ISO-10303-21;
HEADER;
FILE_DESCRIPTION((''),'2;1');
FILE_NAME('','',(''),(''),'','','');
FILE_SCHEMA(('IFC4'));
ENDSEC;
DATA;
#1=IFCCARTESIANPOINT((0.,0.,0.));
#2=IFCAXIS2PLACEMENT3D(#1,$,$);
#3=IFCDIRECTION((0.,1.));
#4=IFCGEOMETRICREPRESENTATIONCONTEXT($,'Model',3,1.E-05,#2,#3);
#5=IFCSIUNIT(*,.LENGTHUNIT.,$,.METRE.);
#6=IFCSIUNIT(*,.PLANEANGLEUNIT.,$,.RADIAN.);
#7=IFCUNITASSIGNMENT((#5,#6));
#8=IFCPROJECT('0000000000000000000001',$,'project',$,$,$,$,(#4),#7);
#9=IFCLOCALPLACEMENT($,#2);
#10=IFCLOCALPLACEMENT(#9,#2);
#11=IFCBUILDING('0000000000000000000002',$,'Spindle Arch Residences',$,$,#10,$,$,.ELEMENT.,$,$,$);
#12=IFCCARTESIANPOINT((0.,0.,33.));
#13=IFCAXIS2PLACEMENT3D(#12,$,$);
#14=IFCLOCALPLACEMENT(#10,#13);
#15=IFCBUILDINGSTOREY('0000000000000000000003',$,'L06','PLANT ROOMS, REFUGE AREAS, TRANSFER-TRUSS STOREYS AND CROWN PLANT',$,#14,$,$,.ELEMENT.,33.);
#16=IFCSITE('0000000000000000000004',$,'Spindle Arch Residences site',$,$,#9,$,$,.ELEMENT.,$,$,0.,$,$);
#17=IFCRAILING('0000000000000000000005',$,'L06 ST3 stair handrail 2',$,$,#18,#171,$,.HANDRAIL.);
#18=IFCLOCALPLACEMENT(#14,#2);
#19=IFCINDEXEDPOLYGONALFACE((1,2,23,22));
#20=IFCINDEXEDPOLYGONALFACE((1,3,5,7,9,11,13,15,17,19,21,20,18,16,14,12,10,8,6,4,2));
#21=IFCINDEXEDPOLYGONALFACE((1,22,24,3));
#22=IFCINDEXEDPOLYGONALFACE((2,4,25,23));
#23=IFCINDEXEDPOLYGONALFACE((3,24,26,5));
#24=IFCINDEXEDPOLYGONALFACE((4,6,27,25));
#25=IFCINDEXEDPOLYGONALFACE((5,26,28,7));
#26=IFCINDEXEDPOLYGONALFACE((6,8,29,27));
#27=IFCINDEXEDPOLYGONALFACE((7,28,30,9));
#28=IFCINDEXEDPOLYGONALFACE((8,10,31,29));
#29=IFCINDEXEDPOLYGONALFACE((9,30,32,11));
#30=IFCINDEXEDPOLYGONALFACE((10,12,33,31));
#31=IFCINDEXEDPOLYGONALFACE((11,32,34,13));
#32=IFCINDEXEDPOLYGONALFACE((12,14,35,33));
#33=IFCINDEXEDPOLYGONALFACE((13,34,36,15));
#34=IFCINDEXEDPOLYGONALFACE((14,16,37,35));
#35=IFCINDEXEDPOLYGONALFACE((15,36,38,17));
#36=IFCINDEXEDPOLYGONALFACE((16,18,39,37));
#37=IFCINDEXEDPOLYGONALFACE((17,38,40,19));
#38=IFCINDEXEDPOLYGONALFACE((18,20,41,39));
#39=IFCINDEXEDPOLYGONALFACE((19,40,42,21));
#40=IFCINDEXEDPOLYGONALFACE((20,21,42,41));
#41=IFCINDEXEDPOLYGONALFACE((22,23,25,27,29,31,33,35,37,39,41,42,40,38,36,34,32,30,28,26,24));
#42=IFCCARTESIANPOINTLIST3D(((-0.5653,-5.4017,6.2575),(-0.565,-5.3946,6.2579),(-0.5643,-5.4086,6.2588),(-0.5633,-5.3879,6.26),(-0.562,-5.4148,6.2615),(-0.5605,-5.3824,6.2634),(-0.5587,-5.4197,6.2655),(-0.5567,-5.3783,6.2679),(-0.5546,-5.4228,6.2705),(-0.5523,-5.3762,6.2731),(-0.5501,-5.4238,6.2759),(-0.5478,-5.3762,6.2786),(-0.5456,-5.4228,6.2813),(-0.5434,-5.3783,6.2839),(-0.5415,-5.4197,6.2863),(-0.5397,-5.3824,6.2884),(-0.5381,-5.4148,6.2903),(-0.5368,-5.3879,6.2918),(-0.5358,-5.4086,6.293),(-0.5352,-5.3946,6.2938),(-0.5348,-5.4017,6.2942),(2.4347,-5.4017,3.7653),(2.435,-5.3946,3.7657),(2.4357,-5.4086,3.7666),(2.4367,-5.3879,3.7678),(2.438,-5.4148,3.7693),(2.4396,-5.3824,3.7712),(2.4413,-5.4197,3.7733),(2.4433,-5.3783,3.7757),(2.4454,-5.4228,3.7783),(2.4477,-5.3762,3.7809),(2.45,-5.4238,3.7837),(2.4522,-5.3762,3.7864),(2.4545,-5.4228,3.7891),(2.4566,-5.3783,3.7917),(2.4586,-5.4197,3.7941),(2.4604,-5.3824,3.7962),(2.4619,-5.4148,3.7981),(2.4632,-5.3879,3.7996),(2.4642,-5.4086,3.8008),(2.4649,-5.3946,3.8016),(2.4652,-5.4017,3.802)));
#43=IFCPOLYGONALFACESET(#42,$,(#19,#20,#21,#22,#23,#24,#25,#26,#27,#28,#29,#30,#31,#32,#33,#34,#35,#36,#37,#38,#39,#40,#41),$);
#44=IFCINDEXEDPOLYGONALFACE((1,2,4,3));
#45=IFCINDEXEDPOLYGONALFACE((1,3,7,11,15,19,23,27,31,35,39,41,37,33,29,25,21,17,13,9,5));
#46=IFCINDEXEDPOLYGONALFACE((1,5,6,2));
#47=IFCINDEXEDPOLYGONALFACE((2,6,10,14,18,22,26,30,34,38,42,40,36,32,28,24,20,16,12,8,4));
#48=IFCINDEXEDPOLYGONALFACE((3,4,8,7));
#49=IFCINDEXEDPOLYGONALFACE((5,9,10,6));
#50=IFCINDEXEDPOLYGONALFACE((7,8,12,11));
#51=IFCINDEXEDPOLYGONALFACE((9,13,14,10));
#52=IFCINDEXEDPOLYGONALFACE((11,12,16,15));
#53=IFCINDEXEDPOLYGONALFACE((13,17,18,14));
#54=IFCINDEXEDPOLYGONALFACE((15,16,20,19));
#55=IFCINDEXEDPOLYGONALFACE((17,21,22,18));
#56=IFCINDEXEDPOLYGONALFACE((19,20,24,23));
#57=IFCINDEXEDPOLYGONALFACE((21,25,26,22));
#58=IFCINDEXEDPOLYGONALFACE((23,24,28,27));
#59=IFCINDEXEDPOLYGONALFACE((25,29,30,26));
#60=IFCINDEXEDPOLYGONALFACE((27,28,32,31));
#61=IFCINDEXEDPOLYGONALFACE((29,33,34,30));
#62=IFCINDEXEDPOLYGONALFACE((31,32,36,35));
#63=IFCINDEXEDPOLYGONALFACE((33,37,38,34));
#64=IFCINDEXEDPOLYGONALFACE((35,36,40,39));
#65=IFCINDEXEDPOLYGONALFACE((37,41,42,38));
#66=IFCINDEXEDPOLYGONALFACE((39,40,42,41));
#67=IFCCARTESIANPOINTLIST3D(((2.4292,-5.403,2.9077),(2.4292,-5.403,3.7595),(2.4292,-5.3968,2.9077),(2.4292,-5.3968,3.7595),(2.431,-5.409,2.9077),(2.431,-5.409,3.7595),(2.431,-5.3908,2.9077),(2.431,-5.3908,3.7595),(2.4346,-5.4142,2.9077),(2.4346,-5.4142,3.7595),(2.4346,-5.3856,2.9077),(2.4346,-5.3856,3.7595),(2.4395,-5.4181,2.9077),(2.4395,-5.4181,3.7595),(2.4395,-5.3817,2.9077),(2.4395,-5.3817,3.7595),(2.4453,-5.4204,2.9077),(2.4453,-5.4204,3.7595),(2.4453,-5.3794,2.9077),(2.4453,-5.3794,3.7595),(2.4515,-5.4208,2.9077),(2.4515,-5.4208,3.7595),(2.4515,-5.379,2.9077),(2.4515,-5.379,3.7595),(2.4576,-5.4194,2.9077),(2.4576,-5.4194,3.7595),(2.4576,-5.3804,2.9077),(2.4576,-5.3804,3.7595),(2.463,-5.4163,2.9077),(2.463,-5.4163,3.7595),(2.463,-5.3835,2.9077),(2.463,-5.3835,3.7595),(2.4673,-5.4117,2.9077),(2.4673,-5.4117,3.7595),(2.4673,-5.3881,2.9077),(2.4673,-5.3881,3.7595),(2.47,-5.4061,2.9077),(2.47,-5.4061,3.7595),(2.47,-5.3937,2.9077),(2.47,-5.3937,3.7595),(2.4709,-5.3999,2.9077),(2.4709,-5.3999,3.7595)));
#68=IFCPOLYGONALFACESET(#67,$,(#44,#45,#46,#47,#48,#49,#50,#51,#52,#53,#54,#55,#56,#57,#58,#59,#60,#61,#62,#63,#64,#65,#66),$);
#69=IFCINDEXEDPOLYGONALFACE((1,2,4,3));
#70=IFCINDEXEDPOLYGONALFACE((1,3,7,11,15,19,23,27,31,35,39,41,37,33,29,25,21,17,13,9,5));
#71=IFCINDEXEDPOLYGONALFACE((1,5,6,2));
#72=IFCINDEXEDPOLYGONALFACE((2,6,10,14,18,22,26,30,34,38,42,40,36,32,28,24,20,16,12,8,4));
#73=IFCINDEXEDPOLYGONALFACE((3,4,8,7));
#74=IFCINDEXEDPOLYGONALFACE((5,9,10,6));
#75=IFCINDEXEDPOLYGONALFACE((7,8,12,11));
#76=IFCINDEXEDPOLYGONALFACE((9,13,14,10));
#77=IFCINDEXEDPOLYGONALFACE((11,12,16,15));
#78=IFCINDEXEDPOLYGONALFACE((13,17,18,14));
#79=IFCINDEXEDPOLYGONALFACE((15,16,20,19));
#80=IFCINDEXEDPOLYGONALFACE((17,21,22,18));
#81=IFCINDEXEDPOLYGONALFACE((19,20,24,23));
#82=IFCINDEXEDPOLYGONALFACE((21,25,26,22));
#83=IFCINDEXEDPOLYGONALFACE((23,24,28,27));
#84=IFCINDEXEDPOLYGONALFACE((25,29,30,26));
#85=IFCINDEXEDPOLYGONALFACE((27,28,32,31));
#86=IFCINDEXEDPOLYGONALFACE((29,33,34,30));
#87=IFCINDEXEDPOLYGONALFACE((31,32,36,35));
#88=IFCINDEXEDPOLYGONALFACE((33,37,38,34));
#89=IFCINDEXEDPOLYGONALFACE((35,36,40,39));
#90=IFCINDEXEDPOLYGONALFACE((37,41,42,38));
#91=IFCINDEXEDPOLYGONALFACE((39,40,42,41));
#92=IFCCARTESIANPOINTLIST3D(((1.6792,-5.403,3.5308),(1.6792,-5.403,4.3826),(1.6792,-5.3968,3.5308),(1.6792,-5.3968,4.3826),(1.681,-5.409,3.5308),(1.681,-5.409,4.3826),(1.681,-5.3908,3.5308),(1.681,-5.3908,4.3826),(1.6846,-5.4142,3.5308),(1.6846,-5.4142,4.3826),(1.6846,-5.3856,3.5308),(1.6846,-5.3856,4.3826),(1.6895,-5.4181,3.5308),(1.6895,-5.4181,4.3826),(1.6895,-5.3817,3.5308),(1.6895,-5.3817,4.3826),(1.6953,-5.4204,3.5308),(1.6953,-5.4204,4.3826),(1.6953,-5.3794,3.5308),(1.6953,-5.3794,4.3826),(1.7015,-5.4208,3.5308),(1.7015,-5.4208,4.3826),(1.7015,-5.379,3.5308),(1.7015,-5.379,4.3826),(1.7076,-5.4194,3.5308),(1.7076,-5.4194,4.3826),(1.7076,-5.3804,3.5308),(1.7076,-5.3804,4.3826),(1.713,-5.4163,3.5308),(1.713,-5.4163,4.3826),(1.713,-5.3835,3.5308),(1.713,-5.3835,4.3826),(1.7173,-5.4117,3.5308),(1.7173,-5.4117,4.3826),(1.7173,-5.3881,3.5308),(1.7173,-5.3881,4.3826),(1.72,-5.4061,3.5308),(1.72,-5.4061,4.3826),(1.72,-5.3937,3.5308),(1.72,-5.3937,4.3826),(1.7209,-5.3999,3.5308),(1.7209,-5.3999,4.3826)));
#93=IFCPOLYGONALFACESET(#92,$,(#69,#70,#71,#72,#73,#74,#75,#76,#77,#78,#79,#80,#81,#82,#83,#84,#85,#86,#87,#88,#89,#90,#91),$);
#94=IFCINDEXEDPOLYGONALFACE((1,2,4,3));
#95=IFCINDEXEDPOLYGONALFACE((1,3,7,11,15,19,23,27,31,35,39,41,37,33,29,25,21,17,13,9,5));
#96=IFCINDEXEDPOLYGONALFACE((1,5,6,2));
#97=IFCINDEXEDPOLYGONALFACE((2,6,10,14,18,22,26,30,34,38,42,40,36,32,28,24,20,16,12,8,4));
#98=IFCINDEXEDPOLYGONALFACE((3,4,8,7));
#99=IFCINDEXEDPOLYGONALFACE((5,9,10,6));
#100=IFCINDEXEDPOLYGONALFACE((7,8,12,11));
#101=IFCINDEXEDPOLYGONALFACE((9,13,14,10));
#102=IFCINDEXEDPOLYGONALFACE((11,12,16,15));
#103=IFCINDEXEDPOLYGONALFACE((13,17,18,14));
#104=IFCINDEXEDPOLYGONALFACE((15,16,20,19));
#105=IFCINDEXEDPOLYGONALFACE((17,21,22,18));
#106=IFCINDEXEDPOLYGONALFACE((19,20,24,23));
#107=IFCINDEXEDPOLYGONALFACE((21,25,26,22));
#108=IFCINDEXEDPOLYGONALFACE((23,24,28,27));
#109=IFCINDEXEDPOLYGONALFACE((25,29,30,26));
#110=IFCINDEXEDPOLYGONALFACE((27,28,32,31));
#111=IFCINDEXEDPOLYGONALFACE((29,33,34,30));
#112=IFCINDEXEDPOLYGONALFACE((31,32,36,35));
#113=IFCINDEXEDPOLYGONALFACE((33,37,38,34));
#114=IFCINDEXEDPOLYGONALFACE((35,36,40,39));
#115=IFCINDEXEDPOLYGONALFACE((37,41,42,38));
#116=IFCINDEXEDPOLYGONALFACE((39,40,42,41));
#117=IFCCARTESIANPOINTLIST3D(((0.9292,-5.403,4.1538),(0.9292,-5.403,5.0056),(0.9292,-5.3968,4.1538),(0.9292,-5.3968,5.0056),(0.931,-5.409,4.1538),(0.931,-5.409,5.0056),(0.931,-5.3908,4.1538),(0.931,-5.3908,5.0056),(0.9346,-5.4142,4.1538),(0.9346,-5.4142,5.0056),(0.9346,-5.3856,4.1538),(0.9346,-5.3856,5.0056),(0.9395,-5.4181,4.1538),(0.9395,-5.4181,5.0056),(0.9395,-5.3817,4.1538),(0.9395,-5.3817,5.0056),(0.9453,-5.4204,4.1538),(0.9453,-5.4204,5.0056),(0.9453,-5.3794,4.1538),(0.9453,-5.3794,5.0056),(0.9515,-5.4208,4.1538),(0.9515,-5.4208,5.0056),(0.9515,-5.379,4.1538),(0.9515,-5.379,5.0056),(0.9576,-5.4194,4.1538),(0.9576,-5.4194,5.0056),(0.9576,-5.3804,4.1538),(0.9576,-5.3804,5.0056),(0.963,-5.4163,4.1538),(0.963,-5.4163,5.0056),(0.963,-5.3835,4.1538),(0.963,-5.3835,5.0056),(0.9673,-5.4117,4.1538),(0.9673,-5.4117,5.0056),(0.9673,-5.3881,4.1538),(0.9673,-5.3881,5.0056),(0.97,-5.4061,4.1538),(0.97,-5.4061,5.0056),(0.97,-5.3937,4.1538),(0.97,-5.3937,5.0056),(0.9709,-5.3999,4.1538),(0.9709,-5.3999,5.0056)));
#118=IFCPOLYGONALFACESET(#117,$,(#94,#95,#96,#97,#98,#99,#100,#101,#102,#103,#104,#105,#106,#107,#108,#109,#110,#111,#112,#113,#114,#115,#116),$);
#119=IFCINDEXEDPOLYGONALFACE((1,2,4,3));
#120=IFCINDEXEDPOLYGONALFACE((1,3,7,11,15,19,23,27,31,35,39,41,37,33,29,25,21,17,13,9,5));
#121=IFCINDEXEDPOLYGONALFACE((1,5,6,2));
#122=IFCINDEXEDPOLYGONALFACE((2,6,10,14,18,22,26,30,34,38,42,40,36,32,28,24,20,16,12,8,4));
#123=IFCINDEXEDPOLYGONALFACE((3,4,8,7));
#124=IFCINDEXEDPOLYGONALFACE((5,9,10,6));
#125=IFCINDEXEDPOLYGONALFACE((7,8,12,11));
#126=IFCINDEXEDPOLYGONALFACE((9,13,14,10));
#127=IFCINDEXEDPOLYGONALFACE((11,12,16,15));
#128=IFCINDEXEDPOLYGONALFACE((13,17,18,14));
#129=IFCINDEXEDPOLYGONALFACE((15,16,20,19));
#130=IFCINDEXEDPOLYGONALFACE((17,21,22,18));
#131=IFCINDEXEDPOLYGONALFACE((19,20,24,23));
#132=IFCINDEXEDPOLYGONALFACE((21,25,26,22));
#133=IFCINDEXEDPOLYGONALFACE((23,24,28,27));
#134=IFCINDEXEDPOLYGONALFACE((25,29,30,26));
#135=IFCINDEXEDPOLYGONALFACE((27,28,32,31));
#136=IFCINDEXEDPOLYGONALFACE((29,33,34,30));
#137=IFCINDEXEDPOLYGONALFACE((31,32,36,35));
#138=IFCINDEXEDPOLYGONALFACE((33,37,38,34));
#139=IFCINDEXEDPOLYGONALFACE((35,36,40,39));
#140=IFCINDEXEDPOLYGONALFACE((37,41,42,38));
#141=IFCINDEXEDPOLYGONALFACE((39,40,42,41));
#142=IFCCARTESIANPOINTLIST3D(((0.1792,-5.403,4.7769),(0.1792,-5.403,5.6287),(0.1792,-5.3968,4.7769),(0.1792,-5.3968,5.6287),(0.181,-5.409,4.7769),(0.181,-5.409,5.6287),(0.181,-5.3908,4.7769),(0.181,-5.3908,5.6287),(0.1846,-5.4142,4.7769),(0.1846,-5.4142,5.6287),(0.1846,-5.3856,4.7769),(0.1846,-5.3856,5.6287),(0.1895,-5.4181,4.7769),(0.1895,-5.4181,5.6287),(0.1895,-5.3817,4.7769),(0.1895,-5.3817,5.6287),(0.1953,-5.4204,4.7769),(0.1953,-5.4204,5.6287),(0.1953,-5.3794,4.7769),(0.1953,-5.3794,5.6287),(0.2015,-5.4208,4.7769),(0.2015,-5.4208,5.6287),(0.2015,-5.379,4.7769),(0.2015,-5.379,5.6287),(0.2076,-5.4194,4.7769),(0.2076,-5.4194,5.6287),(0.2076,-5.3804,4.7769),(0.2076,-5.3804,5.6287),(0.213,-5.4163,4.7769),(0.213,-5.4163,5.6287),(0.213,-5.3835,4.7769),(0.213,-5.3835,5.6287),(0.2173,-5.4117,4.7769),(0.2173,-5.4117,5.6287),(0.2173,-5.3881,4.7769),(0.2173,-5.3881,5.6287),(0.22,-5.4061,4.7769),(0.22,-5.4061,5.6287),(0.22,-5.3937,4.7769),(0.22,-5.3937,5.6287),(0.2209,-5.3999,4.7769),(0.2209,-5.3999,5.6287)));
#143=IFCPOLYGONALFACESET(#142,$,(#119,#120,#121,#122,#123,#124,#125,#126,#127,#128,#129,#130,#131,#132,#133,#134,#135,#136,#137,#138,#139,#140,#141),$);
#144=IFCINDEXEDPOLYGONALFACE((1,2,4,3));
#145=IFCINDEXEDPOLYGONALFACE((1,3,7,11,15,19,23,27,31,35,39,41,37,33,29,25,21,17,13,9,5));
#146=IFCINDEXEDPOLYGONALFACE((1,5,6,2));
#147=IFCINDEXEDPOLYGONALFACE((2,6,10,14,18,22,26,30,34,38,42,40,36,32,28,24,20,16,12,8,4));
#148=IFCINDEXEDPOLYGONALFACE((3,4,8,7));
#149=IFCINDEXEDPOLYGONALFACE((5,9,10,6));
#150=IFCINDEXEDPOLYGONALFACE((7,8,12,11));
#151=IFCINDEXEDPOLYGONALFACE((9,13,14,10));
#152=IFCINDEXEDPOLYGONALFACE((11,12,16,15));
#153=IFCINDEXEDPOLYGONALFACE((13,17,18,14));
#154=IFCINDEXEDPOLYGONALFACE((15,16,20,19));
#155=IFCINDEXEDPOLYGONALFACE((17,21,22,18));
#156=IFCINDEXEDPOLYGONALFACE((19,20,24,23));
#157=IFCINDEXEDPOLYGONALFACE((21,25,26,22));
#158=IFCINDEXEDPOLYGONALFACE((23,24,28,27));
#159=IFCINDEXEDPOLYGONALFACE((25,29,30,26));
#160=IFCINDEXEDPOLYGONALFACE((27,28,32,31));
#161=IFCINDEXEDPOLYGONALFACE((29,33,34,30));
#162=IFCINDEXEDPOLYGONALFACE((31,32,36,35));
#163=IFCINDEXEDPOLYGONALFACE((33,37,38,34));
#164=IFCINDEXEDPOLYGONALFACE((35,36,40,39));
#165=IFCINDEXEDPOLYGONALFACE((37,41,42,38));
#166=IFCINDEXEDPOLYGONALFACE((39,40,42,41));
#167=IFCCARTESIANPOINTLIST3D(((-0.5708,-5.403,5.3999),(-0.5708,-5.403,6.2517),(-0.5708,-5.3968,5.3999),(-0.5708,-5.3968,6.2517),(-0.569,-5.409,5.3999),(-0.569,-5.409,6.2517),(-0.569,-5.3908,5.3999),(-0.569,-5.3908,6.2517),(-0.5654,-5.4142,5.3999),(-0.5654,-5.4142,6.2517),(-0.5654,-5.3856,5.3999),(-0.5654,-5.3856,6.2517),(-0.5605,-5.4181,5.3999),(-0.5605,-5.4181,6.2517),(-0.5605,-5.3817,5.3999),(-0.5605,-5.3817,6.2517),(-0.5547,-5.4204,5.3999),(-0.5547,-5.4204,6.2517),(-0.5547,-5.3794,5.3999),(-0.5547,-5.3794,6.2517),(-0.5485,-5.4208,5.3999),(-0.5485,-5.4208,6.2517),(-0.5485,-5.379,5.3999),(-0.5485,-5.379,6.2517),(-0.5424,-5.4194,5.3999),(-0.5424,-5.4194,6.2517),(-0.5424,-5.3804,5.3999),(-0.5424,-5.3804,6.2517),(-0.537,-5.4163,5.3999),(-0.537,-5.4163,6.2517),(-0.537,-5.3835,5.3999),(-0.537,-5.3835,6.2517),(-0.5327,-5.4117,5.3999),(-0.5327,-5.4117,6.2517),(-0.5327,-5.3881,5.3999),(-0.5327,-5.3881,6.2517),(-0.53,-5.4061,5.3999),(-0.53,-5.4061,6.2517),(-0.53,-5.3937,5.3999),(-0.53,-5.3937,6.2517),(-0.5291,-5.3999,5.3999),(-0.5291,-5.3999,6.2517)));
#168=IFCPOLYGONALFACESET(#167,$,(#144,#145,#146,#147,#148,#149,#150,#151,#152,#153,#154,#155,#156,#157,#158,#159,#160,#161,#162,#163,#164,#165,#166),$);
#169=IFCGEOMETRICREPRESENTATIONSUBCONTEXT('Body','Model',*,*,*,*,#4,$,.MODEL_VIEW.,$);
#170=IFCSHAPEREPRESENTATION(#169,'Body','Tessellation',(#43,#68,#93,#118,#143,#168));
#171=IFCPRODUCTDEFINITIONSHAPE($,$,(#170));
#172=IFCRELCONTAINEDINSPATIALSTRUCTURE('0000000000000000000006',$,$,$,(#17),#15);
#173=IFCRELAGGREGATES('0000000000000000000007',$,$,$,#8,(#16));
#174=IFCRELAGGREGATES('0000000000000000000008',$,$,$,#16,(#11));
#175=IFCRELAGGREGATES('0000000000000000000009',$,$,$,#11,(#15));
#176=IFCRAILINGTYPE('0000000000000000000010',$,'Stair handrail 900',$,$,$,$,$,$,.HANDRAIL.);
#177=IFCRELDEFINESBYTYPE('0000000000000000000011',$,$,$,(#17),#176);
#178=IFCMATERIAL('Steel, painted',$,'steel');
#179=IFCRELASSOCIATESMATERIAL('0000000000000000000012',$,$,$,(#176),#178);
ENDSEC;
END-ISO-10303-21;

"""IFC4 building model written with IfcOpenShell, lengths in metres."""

from ifc_helpers import new_model, si_unit, direction, frame, origin, origin_2d, place, context, subcontext, project, spatial, circle, extrude, material, type_object, element, save


model = new_model("IFC4")

# Units and contexts
model_context = context("Model", 3, precision=1e-05, world=origin(), true_north=direction((0.0, 1.0)))
body_context = subcontext(model_context, "Body", "Model", "MODEL_VIEW")
ifc_project = project(units=[si_unit("LENGTHUNIT", "METRE"), si_unit("PLANEANGLEUNIT", "RADIAN")], contexts=[model_context])

# Site, building, storey
site_placement = place(None, origin())
site = spatial("IfcSite", under=ifc_project, at=site_placement, Name="Spindle Arch Residences site", CompositionType="ELEMENT", RefElevation=0.0)
building_placement = place(site_placement, origin())
building = spatial("IfcBuilding", under=site, at=building_placement, Name="Spindle Arch Residences", CompositionType="ELEMENT")
storey_placement = place(building_placement, frame((0.0, 0.0, 33.0)))
storey = spatial("IfcBuildingStorey", under=building, at=storey_placement, Name="L06", Description="PLANT ROOMS, REFUGE AREAS, TRANSFER-TRUSS STOREYS AND CROWN PLANT", CompositionType="ELEMENT", Elevation=33.0)

# Railing
ifc_material_1 = material(Name="Steel, painted", Category="steel")
railing_type_1 = type_object("IfcRailingType", Name="Stair handrail 900", PredefinedType="HANDRAIL", material=ifc_material_1)
railing_1_placement = place(storey_placement, frame((2.45, -5.3999, 2.9077)))
element("IfcRailing", 1, at=railing_1_placement, inside=storey, type_object=railing_type_1, Name="L06 ST3 stair handrail 2", PredefinedType="HANDRAIL", context=body_context, shape_type="SweptSolid", body=[
    extrude(circle(Radius=0.0239, at=origin_2d()), frame((0.0, 0.0, 0.876), z_axis=(-0.769206, 0.0, 0.639001), x_axis=(0.0, -1.0, 0.0)), (0.0, 0.0, 1.0), 3.9001),
    extrude(circle(Radius=0.021, at=origin_2d()), origin(), (0.0, 0.0, 1.0), 0.8518),
    extrude(circle(Radius=0.021, at=origin_2d()), frame((-0.75, 0.0, 0.623)), (0.0, 0.0, 1.0), 0.8518),
    extrude(circle(Radius=0.021, at=origin_2d()), frame((-1.5, 0.0, 1.2461)), (0.0, 0.0, 1.0), 0.8518),
    extrude(circle(Radius=0.021, at=origin_2d()), frame((-2.25, 0.0, 1.8691)), (0.0, 0.0, 1.0), 0.8518),
    extrude(circle(Radius=0.021, at=origin_2d()), frame((-3.0, 0.0, 2.4922)), (0.0, 0.0, 1.0), 0.8518),
])

save(model, "model.ifc")
